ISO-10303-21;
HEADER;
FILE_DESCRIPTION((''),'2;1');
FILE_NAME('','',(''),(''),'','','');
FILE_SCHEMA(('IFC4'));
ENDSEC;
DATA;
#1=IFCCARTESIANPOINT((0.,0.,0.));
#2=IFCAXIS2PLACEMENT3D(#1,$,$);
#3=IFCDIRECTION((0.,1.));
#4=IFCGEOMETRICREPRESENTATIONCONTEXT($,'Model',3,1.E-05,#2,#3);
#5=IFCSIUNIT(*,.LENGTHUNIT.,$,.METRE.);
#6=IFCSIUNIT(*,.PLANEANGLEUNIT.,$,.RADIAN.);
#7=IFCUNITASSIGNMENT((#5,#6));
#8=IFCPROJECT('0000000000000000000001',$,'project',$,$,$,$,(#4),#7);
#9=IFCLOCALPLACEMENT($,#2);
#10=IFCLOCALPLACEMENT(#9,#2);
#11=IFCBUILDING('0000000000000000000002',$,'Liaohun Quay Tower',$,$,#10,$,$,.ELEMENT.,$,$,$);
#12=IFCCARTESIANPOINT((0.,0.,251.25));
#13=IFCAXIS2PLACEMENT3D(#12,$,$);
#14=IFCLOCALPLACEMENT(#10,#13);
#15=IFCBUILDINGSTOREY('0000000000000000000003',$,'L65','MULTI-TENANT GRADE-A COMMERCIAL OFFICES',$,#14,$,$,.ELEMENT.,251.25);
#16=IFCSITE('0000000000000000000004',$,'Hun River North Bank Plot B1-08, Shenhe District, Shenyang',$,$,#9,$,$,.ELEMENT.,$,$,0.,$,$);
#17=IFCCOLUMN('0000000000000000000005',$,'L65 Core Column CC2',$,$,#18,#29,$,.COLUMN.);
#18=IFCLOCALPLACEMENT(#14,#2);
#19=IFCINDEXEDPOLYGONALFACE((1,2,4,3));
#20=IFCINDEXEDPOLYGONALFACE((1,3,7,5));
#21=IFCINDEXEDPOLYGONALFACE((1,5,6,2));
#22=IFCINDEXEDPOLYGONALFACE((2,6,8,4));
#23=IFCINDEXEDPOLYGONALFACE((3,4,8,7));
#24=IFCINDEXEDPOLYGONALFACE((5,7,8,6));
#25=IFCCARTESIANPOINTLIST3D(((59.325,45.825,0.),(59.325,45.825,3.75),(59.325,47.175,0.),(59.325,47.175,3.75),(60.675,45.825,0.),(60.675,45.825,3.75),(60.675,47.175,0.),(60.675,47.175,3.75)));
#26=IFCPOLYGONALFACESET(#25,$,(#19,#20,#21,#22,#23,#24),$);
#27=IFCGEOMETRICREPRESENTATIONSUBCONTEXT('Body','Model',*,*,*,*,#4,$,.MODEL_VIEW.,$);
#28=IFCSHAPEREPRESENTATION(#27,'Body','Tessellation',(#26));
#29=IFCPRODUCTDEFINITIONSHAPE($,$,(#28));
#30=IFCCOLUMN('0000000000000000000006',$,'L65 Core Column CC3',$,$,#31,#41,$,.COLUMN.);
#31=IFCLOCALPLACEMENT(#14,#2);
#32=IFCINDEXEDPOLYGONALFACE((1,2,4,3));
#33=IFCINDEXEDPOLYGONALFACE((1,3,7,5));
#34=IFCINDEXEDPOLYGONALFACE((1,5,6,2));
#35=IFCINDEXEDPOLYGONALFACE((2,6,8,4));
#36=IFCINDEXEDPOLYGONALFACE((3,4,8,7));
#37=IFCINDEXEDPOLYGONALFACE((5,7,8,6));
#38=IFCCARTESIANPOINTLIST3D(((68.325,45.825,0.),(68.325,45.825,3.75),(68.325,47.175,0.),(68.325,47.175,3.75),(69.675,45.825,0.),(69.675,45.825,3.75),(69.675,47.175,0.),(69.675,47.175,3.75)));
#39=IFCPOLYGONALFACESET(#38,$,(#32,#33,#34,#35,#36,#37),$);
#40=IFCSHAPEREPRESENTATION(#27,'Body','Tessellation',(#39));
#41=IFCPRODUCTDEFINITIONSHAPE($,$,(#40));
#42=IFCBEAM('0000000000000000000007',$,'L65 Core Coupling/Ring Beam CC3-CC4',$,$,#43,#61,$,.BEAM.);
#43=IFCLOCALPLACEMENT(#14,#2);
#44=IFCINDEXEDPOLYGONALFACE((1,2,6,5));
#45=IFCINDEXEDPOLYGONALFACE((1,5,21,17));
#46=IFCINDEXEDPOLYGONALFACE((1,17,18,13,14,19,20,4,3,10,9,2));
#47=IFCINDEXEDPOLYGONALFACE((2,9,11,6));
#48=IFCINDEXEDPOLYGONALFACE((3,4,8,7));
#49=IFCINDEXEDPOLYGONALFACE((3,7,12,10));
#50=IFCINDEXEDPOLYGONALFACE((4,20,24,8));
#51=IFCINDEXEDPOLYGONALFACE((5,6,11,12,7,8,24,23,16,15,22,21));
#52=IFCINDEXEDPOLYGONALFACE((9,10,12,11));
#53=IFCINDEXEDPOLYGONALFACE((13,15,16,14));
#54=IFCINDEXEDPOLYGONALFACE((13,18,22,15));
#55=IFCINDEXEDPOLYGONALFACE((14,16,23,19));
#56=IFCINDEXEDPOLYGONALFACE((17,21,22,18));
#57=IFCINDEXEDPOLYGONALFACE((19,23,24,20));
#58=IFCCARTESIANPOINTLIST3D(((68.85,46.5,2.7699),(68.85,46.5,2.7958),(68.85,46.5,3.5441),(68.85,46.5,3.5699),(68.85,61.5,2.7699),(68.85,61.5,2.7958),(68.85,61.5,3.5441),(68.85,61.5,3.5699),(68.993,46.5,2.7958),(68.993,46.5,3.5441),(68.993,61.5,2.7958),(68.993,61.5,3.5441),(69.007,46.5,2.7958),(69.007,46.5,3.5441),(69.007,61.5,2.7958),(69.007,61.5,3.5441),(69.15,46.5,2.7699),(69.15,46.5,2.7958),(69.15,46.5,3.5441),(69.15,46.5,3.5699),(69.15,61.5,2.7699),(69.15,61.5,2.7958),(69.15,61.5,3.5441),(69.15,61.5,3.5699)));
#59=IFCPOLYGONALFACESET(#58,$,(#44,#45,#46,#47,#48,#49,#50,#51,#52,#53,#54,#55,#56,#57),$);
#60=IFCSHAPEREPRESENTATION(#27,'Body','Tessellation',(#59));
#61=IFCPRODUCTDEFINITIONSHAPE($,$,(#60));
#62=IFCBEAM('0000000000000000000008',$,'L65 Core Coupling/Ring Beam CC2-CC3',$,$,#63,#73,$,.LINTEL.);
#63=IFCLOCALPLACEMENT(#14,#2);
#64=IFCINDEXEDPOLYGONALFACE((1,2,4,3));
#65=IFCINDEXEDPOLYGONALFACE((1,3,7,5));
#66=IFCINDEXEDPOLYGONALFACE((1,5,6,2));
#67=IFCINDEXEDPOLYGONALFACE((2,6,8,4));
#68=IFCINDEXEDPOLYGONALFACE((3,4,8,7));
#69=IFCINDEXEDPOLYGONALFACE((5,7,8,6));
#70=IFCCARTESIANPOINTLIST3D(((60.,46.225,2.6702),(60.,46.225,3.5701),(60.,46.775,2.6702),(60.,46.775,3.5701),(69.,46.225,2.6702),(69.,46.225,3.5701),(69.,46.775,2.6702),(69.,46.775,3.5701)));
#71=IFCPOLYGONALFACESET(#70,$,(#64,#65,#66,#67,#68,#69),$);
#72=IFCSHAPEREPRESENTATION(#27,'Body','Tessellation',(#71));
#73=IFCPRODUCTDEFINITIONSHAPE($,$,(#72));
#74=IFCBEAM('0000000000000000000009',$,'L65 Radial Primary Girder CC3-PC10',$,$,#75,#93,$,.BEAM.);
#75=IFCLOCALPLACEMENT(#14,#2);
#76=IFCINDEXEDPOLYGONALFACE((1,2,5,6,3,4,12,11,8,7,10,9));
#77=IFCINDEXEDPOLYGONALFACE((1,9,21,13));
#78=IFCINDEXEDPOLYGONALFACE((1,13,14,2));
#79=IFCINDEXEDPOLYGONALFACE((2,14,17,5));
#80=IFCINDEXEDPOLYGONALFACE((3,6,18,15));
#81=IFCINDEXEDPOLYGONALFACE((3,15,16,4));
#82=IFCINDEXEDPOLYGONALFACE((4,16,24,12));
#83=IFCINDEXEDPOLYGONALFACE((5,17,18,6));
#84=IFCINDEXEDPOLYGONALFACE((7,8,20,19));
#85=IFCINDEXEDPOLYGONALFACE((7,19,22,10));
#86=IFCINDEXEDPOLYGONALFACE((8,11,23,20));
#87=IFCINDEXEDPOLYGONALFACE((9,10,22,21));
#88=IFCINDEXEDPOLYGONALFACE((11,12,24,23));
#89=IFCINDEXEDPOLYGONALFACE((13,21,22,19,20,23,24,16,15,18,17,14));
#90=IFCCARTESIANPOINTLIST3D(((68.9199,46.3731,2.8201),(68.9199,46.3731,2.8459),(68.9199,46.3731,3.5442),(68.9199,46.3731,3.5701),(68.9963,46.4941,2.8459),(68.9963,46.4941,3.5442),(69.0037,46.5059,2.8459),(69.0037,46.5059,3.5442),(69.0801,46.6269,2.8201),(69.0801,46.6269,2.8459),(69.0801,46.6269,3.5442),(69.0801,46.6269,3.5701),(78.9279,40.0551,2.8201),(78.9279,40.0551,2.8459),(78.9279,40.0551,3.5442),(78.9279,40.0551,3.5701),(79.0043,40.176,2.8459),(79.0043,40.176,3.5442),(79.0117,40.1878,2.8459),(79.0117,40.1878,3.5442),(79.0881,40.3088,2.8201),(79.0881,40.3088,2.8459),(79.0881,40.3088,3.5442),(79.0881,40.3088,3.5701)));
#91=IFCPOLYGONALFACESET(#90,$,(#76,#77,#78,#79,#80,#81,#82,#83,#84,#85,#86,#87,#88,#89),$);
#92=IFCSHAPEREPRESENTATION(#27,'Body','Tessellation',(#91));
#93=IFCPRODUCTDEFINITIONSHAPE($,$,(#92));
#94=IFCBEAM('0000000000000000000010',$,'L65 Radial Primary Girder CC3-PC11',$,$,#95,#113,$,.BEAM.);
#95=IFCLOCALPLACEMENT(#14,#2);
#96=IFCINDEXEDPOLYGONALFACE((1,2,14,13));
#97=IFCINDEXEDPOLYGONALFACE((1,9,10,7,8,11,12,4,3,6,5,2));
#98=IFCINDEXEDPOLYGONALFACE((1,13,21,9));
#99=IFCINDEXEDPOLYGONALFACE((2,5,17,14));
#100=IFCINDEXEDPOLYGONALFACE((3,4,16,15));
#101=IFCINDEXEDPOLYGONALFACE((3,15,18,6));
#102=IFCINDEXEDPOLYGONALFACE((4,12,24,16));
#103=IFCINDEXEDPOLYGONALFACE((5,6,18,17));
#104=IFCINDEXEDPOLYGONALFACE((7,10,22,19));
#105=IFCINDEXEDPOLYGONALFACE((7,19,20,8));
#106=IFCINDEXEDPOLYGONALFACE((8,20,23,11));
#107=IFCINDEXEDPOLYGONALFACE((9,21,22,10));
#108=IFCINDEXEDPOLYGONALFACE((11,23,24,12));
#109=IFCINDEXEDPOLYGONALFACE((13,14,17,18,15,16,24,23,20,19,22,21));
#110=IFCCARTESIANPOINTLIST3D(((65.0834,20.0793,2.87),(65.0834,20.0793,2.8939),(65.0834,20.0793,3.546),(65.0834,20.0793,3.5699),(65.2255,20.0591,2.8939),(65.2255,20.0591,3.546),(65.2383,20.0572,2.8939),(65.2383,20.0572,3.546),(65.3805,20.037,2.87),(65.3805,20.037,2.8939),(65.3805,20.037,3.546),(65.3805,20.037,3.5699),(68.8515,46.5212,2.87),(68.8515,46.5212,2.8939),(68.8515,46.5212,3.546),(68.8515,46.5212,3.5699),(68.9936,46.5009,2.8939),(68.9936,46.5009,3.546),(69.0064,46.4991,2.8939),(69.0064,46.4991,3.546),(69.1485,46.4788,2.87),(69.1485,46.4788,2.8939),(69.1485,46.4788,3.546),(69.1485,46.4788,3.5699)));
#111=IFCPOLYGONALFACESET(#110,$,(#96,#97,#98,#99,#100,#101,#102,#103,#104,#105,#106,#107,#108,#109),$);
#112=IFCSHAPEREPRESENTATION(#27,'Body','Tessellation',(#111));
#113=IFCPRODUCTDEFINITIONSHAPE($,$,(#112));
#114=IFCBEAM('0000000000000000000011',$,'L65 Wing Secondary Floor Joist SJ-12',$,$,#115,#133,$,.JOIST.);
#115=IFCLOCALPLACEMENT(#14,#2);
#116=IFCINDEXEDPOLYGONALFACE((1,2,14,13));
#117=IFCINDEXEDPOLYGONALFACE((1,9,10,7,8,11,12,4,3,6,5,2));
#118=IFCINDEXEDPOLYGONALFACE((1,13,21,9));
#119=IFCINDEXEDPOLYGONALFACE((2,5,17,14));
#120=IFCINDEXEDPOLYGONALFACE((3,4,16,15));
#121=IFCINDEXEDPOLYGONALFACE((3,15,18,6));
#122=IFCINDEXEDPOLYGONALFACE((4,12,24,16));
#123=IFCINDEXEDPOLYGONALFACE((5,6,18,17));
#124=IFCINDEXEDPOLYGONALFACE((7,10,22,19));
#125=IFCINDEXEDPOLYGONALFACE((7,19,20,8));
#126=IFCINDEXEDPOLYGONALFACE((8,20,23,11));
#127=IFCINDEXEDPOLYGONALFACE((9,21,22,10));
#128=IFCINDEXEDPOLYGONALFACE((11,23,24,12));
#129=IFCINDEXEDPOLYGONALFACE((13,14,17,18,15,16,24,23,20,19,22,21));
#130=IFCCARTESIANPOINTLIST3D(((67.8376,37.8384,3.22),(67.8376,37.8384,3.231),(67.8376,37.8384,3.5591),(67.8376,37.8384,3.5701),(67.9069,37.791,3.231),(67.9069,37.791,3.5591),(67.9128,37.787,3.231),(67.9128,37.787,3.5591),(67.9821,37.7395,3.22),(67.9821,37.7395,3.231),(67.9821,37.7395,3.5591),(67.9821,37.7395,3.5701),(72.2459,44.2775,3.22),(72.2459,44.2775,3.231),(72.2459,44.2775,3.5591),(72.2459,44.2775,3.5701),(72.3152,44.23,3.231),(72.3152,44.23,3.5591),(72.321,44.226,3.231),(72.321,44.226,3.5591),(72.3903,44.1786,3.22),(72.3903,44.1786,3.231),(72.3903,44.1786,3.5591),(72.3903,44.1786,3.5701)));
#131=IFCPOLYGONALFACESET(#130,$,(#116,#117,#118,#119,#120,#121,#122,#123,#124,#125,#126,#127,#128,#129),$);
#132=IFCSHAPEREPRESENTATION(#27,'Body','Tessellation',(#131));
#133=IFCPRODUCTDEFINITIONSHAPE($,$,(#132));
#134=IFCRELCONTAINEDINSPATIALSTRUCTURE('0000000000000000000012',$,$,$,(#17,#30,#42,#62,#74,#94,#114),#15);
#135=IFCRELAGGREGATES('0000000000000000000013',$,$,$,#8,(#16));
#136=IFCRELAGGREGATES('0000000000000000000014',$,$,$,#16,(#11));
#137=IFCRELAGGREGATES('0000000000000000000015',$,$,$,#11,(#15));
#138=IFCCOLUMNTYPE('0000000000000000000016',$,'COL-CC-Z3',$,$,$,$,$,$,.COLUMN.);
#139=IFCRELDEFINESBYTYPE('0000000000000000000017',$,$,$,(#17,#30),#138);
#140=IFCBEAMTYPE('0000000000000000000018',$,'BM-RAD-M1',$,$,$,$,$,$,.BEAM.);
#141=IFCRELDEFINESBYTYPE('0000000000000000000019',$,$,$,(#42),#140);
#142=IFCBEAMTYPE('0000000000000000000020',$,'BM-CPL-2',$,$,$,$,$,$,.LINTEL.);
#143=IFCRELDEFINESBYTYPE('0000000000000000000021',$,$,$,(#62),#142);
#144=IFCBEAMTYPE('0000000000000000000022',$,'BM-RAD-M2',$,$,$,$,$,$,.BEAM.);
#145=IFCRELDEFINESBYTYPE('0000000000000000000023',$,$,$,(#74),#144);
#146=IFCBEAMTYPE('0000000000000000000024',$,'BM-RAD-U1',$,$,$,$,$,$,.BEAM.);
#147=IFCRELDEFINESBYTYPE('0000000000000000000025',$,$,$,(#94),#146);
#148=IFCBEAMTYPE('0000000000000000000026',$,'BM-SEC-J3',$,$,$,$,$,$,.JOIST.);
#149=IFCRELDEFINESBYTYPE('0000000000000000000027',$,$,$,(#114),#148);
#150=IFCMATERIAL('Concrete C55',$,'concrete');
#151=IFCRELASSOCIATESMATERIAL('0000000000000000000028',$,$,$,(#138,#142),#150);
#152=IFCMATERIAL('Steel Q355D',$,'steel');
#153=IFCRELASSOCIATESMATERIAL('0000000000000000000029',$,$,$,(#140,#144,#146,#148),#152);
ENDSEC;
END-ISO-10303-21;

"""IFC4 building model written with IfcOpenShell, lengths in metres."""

from ifc_helpers import new_model, si_unit, direction, frame, origin, origin_2d, place, context, subcontext, project, spatial, rectangle, i_section, extrude, source, transform, mapped, material, material_profile, profile_set, type_object, element, save


model = new_model("IFC4")

# Units and contexts
model_context = context("Model", 3, precision=1e-05, world=origin(), true_north=direction((0.0, 1.0)))
body_context = subcontext(model_context, "Body", "Model", "MODEL_VIEW")
ifc_project = project(units=[si_unit("LENGTHUNIT", "METRE"), si_unit("PLANEANGLEUNIT", "RADIAN")], contexts=[model_context])

# Site, building, storey
site_placement = place(None, origin())
site = spatial("IfcSite", under=ifc_project, at=site_placement, Name="Hun River North Bank Plot B1-08, Shenhe District, Shenyang", CompositionType="ELEMENT", RefElevation=0.0)
building_placement = place(site_placement, origin())
building = spatial("IfcBuilding", under=site, at=building_placement, Name="Liaohun Quay Tower", CompositionType="ELEMENT")
storey_placement = place(building_placement, frame((0.0, 0.0, 251.25)))
storey = spatial("IfcBuildingStorey", under=building, at=storey_placement, Name="L65", Description="MULTI-TENANT GRADE-A COMMERCIAL OFFICES", CompositionType="ELEMENT", Elevation=251.25)

# Columns
ifc_material_1 = material(Name="Concrete C55", Category="concrete")
ifc_material_profile_1 = material_profile(ifc_material_1, rectangle(XDim=1.3501, YDim=1.3501, at=origin_2d()), Name="RC1350x1350")
ifc_profile_set_1 = profile_set([ifc_material_profile_1], Name="Concrete C55")
column_type = type_object("IfcColumnType", Name="COL-CC-Z3", PredefinedType="COLUMN", material=ifc_profile_set_1)
shared_shape_1 = source(origin(), body_context, "Body", "SweptSolid", [
    extrude(rectangle(XDim=1.3501, YDim=1.3501, at=origin_2d()), origin(), (0.0, 0.0, 1.0), 3.75),
])
for number, where, z_axis, x_axis, name in (
    (1, (60.0, 46.5, 0.0), (0.0, 0.0, 1.0), (1.0, 0.0, 0.0), "L65 Core Column CC2"),
    (2, (69.0, 46.5, 0.0), (0.0, 0.0, 1.0), (1.0, 0.0, 0.0), "L65 Core Column CC3"),
):
    element("IfcColumn", number, at=place(storey_placement, frame(where, z_axis=z_axis, x_axis=x_axis)), inside=storey, type_object=column_type, Name=name, PredefinedType="COLUMN", context=body_context, shape_type="MappedRepresentation", body=[
        mapped(shared_shape_1, transform((0.0, 0.0, 0.0), x_axis=(1.0, 0.0, 0.0), y_axis=(0.0, 1.0, 0.0), z_axis=(0.0, 0.0, 1.0), scale=1.0)),
    ])

# Beams
ifc_material_2 = material(Name="Steel Q355D", Category="steel")
ifc_material_profile_2 = material_profile(ifc_material_2, i_section(OverallWidth=0.3, OverallDepth=0.8, WebThickness=0.0139, FlangeThickness=0.0259, at=origin_2d()), Name="HN800x300x14x26")
ifc_profile_set_2 = profile_set([ifc_material_profile_2], Name="Steel Q355D")
beam_type_1 = type_object("IfcBeamType", Name="BM-RAD-M1", PredefinedType="BEAM", material=ifc_profile_set_2)
shared_shape_2 = source(origin(), body_context, "Body", "SweptSolid", [
    extrude(i_section(OverallWidth=0.3, OverallDepth=0.8, WebThickness=0.0139, FlangeThickness=0.0259, at=origin_2d()), origin(), (0.0, 0.0, 1.0), 15.0),
])
beam_1_placement = place(storey_placement, frame((69.0, 46.5, 3.1699), z_axis=(0.0, 1.0, 0.0), x_axis=(-1.0, 0.0, 0.0)))
element("IfcBeam", 3, at=beam_1_placement, inside=storey, type_object=beam_type_1, Name="L65 Core Coupling/Ring Beam CC3-CC4", PredefinedType="BEAM", context=body_context, shape_type="MappedRepresentation", body=[
    mapped(shared_shape_2, transform((0.0, 0.0, 0.0), x_axis=(1.0, 0.0, 0.0), y_axis=(0.0, 1.0, 0.0), z_axis=(0.0, 0.0, 1.0), scale=1.0)),
])
ifc_material_profile_3 = material_profile(ifc_material_1, rectangle(XDim=0.55, YDim=0.8999, at=origin_2d()), Name="RC550x900")
ifc_profile_set_3 = profile_set([ifc_material_profile_3], Name="Concrete C55")
beam_type_2 = type_object("IfcBeamType", Name="BM-CPL-2", PredefinedType="LINTEL", material=ifc_profile_set_3)
shared_shape_3 = source(origin(), body_context, "Body", "SweptSolid", [
    extrude(rectangle(XDim=0.55, YDim=0.8999, at=origin_2d()), origin(), (0.0, 0.0, 1.0), 9.0),
])
beam_2_placement = place(storey_placement, frame((60.0, 46.5, 3.1201), z_axis=(1.0, 0.0, 0.0), x_axis=(0.0, 1.0, 0.0)))
element("IfcBeam", 4, at=beam_2_placement, inside=storey, type_object=beam_type_2, Name="L65 Core Coupling/Ring Beam CC2-CC3", PredefinedType="LINTEL", context=body_context, shape_type="MappedRepresentation", body=[
    mapped(shared_shape_3, transform((0.0, 0.0, 0.0), x_axis=(1.0, 0.0, 0.0), y_axis=(0.0, 1.0, 0.0), z_axis=(0.0, 0.0, 1.0), scale=1.0)),
])
ifc_material_profile_4 = material_profile(ifc_material_2, i_section(OverallWidth=0.3, OverallDepth=0.75, WebThickness=0.0139, FlangeThickness=0.0259, at=origin_2d()), Name="HN750x300x14x26")
ifc_profile_set_4 = profile_set([ifc_material_profile_4], Name="Steel Q355D")
beam_type_3 = type_object("IfcBeamType", Name="BM-RAD-M2", PredefinedType="BEAM", material=ifc_profile_set_4)
shared_shape_4 = source(origin(), body_context, "Body", "SweptSolid", [
    extrude(i_section(OverallWidth=0.3, OverallDepth=0.75, WebThickness=0.0139, FlangeThickness=0.0259, at=origin_2d()), origin(), (0.0, 0.0, 1.0), 11.8354),
])
beam_3_placement = place(storey_placement, frame((69.0, 46.5, 3.1951), z_axis=(0.845594, -0.533826, 0.0), x_axis=(0.533826, 0.845594, 0.0)))
element("IfcBeam", 5, at=beam_3_placement, inside=storey, type_object=beam_type_3, Name="L65 Radial Primary Girder CC3-PC10", PredefinedType="BEAM", context=body_context, shape_type="MappedRepresentation", body=[
    mapped(shared_shape_4, transform((0.0, 0.0, 0.0), x_axis=(1.0, 0.0, 0.0), y_axis=(0.0, 1.0, 0.0), z_axis=(0.0, 0.0, 1.0), scale=1.0)),
])
ifc_material_profile_5 = material_profile(ifc_material_2, i_section(OverallWidth=0.3, OverallDepth=0.7, WebThickness=0.0129, FlangeThickness=0.0239, at=origin_2d()), Name="HN700x300x13x24")
ifc_profile_set_5 = profile_set([ifc_material_profile_5], Name="Steel Q355D")
beam_type_4 = type_object("IfcBeamType", Name="BM-RAD-U1", PredefinedType="BEAM", material=ifc_profile_set_5)
shared_shape_5 = source(origin(), body_context, "Body", "SweptSolid", [
    extrude(i_section(OverallWidth=0.3, OverallDepth=0.7, WebThickness=0.0129, FlangeThickness=0.0239, at=origin_2d()), origin(), (0.0, 0.0, 1.0), 26.709),
])
beam_4_placement = place(storey_placement, frame((69.0, 46.5, 3.22), z_axis=(-0.141078, -0.989998, 0.0), x_axis=(0.989998, -0.141078, 0.0)))
element("IfcBeam", 6, at=beam_4_placement, inside=storey, type_object=beam_type_4, Name="L65 Radial Primary Girder CC3-PC11", PredefinedType="BEAM", context=body_context, shape_type="MappedRepresentation", body=[
    mapped(shared_shape_5, transform((0.0, 0.0, 0.0), x_axis=(1.0, 0.0, 0.0), y_axis=(0.0, 1.0, 0.0), z_axis=(0.0, 0.0, 1.0), scale=1.0)),
])
ifc_material_profile_6 = material_profile(ifc_material_2, i_section(OverallWidth=0.175, OverallDepth=0.3501, WebThickness=0.0071, FlangeThickness=0.011, at=origin_2d()), Name="HN350x175x7x11")
ifc_profile_set_6 = profile_set([ifc_material_profile_6], Name="Steel Q355D")
beam_type_5 = type_object("IfcBeamType", Name="BM-SEC-J3", PredefinedType="JOIST", material=ifc_profile_set_6)
shared_shape_6 = source(origin(), body_context, "Body", "SweptSolid", [
    extrude(i_section(OverallWidth=0.175, OverallDepth=0.3501, WebThickness=0.0071, FlangeThickness=0.011, at=origin_2d()), origin(), (0.0, 0.0, 1.0), 7.8035),
])
beam_5_placement = place(storey_placement, frame((72.3181, 44.228, 3.395), z_axis=(-0.56491, -0.825152, 0.0), x_axis=(0.825152, -0.56491, 0.0)))
element("IfcBeam", 7, at=beam_5_placement, inside=storey, type_object=beam_type_5, Name="L65 Wing Secondary Floor Joist SJ-12", PredefinedType="JOIST", context=body_context, shape_type="MappedRepresentation", body=[
    mapped(shared_shape_6, transform((0.0, 0.0, 0.0), x_axis=(1.0, 0.0, 0.0), y_axis=(0.0, 1.0, 0.0), z_axis=(0.0, 0.0, 1.0), scale=1.0)),
])

save(model, "model.ifc")
